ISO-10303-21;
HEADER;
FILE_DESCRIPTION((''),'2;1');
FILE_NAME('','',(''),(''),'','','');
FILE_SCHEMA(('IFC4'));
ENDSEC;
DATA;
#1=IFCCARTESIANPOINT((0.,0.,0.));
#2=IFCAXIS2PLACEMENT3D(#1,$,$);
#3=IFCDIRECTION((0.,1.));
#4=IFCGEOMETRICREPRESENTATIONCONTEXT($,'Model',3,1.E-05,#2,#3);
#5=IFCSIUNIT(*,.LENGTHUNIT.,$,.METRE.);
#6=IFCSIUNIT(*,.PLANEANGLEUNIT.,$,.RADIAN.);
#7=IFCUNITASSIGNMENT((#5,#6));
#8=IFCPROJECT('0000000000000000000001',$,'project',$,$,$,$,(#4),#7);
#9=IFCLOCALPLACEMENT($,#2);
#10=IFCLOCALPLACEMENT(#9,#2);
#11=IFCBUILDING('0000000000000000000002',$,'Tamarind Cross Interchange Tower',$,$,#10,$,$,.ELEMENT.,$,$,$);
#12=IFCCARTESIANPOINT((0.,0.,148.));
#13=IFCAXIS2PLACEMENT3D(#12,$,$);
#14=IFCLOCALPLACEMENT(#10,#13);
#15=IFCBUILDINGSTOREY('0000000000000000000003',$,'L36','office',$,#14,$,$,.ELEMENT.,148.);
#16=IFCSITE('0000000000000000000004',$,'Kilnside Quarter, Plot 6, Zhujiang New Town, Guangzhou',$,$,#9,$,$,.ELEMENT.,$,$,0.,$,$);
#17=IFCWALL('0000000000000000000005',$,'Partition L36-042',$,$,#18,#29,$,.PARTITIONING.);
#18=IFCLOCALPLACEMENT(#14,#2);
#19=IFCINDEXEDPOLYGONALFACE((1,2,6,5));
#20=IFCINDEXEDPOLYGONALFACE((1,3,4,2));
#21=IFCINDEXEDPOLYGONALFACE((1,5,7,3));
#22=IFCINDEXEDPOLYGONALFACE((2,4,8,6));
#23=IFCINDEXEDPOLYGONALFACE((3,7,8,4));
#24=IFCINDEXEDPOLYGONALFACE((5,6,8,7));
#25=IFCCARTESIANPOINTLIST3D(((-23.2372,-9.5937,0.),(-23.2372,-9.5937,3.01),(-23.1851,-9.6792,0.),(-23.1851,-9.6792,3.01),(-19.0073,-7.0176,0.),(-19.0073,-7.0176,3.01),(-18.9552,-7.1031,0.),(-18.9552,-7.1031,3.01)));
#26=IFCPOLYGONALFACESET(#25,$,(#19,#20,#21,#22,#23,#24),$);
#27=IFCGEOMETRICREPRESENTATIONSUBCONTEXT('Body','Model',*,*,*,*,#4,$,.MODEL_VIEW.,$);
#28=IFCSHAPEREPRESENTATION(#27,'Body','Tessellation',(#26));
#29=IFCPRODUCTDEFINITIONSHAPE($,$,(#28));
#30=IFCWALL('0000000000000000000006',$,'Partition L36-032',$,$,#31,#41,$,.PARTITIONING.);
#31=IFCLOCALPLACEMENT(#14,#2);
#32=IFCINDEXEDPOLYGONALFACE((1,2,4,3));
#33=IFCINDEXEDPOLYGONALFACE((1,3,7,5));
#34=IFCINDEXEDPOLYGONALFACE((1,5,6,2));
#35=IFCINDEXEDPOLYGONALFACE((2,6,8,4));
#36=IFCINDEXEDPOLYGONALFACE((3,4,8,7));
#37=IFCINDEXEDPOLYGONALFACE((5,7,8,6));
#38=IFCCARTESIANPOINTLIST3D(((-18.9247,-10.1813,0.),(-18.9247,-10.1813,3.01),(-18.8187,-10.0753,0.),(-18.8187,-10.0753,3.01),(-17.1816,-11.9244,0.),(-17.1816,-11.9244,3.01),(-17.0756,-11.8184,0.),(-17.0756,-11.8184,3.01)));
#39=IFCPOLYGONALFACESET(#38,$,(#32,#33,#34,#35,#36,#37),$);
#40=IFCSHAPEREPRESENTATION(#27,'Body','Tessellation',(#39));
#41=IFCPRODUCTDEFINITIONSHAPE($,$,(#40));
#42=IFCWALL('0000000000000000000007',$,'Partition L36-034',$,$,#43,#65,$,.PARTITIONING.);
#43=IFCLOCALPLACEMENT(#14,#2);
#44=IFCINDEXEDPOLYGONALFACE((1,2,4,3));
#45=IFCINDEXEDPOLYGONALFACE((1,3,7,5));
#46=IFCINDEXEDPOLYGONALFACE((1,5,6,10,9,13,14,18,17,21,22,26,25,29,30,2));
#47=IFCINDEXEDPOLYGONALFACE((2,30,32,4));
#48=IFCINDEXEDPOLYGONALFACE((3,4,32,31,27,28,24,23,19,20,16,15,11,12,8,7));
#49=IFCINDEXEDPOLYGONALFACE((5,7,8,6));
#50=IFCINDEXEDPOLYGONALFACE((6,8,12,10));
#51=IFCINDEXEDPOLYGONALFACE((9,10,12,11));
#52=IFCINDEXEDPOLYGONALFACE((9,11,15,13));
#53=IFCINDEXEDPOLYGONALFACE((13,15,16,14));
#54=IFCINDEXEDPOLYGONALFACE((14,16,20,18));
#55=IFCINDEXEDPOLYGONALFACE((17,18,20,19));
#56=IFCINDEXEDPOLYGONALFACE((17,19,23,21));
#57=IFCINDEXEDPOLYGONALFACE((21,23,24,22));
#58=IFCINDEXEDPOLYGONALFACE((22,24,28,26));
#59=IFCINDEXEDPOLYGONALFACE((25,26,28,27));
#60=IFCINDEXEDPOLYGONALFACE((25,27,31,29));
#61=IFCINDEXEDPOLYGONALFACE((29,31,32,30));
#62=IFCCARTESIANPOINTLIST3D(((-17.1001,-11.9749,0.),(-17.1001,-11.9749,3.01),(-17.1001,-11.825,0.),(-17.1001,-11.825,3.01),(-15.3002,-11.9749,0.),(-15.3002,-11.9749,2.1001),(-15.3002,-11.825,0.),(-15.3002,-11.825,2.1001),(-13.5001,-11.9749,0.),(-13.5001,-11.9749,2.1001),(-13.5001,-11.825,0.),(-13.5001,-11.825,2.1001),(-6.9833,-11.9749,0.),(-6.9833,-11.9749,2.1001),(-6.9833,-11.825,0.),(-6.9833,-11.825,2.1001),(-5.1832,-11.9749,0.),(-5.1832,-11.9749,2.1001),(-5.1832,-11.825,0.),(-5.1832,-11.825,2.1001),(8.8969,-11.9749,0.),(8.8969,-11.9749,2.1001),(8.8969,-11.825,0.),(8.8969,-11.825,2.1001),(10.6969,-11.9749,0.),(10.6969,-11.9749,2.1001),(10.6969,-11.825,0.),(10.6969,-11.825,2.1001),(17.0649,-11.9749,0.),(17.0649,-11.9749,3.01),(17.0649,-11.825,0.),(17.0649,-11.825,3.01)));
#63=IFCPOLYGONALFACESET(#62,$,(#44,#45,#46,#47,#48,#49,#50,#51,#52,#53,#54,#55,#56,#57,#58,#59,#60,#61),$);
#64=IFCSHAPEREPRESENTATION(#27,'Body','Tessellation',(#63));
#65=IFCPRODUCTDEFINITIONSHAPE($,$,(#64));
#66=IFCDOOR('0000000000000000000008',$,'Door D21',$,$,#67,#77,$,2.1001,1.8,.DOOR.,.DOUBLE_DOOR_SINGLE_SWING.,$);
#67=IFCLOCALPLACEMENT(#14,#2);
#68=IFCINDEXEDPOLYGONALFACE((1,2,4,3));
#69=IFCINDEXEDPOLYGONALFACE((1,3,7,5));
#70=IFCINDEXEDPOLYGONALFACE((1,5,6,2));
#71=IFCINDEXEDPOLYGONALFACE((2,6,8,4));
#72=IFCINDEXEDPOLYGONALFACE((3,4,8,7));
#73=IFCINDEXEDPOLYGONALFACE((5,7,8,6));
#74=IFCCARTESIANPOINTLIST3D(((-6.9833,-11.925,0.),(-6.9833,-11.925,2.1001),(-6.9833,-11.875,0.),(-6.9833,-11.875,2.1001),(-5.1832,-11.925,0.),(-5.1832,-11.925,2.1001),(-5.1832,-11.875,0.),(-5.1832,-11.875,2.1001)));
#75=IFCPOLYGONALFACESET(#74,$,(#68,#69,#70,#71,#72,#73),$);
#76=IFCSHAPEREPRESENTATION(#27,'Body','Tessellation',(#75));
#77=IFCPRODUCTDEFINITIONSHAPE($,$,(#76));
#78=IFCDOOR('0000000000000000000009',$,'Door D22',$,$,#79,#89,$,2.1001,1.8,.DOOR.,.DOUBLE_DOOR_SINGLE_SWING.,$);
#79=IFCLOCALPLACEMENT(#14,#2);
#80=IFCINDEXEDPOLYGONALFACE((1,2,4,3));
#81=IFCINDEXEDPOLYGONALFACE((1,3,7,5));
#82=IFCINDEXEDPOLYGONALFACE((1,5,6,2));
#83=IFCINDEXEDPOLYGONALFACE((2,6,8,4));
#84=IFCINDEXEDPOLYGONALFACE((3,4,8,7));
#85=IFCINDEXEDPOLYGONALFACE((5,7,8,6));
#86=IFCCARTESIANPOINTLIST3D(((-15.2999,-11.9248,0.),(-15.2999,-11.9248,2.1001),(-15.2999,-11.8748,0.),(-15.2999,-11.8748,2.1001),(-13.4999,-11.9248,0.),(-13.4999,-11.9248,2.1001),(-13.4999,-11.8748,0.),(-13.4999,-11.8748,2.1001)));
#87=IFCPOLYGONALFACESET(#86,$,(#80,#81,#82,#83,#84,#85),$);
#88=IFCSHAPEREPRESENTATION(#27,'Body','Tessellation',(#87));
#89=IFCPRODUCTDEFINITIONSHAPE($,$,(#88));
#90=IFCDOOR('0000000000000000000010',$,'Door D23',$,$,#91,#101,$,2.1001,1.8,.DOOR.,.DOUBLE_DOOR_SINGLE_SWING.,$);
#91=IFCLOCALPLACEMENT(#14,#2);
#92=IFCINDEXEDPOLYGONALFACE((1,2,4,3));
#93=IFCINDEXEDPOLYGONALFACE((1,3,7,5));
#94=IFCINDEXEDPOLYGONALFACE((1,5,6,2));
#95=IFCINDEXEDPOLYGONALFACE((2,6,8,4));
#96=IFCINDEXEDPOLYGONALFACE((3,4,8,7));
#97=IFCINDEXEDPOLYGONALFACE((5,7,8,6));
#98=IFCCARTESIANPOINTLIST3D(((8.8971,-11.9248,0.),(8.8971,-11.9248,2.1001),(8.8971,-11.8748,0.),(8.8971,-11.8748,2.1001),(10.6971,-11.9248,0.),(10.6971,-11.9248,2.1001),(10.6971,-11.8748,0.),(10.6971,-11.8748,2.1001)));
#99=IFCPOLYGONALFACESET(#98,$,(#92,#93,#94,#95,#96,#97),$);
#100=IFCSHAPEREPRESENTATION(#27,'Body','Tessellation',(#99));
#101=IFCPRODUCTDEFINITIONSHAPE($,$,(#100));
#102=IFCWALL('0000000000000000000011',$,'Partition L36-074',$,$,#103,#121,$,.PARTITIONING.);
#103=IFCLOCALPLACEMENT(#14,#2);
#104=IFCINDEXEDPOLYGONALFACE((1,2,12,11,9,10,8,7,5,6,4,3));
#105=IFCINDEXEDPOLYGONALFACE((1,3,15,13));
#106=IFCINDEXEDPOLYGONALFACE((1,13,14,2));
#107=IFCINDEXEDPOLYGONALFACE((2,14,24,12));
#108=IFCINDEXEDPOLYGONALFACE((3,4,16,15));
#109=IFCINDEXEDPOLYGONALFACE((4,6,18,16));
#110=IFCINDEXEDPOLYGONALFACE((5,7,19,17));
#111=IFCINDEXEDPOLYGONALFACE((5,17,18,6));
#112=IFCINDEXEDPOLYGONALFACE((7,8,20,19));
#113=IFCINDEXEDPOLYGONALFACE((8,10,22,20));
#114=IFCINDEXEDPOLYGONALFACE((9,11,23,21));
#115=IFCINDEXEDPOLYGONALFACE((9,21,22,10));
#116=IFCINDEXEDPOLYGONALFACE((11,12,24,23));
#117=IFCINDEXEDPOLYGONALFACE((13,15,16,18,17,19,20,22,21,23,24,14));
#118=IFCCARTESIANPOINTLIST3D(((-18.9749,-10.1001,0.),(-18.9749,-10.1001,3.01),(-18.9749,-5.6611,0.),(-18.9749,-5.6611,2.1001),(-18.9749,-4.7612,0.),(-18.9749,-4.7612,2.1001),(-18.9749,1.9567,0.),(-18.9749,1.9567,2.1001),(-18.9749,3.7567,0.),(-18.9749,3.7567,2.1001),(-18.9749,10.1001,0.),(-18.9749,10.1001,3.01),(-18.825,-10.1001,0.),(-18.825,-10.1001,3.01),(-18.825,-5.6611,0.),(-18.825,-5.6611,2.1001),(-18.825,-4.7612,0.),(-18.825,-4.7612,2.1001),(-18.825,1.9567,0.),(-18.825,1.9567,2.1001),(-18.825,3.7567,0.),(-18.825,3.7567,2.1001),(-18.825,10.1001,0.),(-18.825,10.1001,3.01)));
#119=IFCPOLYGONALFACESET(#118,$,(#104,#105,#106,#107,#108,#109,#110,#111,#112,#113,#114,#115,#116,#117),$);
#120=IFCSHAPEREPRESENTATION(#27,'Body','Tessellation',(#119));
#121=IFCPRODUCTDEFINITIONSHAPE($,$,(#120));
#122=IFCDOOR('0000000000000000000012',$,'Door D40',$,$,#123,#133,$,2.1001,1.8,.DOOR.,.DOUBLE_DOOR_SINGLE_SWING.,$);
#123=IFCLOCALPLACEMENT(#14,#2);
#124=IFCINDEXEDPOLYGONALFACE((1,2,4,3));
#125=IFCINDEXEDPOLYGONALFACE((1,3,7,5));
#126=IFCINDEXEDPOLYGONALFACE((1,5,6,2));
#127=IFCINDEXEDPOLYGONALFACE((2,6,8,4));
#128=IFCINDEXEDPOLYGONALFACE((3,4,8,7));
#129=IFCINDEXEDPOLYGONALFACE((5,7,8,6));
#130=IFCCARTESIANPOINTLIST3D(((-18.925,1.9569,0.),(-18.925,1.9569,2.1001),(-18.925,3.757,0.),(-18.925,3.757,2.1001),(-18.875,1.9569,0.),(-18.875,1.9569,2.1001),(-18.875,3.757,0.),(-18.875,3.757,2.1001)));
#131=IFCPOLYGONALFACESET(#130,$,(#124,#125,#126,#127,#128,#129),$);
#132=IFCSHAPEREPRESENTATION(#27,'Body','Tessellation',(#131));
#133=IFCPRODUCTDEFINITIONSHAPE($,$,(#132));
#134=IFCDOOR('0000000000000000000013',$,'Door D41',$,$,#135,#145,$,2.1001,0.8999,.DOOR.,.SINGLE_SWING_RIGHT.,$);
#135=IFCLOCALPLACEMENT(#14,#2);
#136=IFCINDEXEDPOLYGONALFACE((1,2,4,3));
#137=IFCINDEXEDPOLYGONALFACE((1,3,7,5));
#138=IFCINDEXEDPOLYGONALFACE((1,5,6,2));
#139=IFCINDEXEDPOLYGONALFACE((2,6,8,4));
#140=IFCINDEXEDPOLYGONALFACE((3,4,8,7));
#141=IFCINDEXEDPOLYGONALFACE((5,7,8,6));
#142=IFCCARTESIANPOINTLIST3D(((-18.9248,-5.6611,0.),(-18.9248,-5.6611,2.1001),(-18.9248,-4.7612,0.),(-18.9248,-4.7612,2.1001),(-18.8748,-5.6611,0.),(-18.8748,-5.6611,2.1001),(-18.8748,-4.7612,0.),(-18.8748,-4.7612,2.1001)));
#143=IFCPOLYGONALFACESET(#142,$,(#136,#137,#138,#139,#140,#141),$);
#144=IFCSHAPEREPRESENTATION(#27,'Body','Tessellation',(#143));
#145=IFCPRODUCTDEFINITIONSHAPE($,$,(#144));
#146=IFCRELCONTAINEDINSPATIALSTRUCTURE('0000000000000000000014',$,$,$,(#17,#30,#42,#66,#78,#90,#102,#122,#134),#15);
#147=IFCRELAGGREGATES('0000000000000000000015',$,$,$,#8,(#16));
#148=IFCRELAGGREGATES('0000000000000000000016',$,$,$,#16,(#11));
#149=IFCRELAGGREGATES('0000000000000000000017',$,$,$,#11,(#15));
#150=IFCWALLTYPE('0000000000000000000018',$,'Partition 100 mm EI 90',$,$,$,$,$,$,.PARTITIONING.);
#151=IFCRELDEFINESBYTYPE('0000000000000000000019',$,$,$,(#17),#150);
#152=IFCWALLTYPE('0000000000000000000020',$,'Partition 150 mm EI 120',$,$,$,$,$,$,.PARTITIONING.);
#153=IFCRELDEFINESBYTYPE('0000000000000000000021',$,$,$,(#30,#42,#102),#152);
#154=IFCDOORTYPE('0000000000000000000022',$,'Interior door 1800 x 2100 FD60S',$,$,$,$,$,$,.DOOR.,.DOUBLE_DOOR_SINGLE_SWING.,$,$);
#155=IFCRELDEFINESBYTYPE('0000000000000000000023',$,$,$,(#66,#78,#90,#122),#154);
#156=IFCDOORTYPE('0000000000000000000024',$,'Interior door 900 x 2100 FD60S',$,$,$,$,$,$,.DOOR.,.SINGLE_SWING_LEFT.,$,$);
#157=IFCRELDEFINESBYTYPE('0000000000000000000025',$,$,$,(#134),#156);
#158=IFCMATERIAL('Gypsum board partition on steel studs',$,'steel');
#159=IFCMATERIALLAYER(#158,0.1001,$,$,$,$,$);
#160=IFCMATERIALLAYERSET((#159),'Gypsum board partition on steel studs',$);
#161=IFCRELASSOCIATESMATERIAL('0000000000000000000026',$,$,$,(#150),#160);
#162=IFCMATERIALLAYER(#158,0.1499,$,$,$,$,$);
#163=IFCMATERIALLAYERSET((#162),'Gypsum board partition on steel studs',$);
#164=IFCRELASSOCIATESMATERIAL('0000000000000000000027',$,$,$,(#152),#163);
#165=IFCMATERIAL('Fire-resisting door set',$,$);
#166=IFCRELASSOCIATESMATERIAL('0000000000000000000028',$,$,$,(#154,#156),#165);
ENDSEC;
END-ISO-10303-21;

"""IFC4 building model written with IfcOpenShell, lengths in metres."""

from ifc_helpers import new_model, si_unit, direction, frame, frame_2d, origin, place, context, subcontext, project, spatial, rectangle, extrude, material, layer, layer_set, type_object, element, fill, save


model = new_model("IFC4")

# Units and contexts
model_context = context("Model", 3, precision=1e-05, world=origin(), true_north=direction((0.0, 1.0)))
body_context = subcontext(model_context, "Body", "Model", "MODEL_VIEW")
ifc_project = project(units=[si_unit("LENGTHUNIT", "METRE"), si_unit("PLANEANGLEUNIT", "RADIAN")], contexts=[model_context])

# Site, building, storey
site_placement = place(None, origin())
site = spatial("IfcSite", under=ifc_project, at=site_placement, Name="Kilnside Quarter, Plot 6, Zhujiang New Town, Guangzhou", CompositionType="ELEMENT", RefElevation=0.0)
building_placement = place(site_placement, origin())
building = spatial("IfcBuilding", under=site, at=building_placement, Name="Tamarind Cross Interchange Tower", CompositionType="ELEMENT")
storey_placement = place(building_placement, frame((0.0, 0.0, 148.0)))
storey = spatial("IfcBuildingStorey", under=building, at=storey_placement, Name="L36", Description="office", CompositionType="ELEMENT", Elevation=148.0)

# Walls
ifc_material_1 = material(Name="Gypsum board partition on steel studs", Category="steel")
ifc_layer_1 = layer(ifc_material_1, 0.1001)
ifc_layer_set_1 = layer_set([ifc_layer_1], Name="Gypsum board partition on steel studs")
wall_type_1 = type_object("IfcWallType", Name="Partition 100 mm EI 90", PredefinedType="PARTITIONING", material=ifc_layer_set_1)
wall_1_placement = place(storey_placement, frame((-23.2112, -9.6365, 0.0), z_axis=(0.0, 0.0, 1.0), x_axis=(0.854073, 0.520153, 0.0)))
element("IfcWall", 1, at=wall_1_placement, inside=storey, type_object=wall_type_1, Name="Partition L36-042", PredefinedType="PARTITIONING", context=body_context, shape_type="SweptSolid", body=[
    extrude(rectangle(XDim=4.9526, YDim=0.1001, at=frame_2d((2.4763, 0.0))), origin(), (0.0, 0.0, 1.0), 3.01),
])
ifc_layer_2 = layer(ifc_material_1, 0.1499)
ifc_layer_set_2 = layer_set([ifc_layer_2], Name="Gypsum board partition on steel studs")
wall_type_2 = type_object("IfcWallType", Name="Partition 150 mm EI 120", PredefinedType="PARTITIONING", material=ifc_layer_set_2)
wall_2_placement = place(storey_placement, frame((-18.8716, -10.1284, 0.0), z_axis=(0.0, 0.0, 1.0), x_axis=(0.707107, -0.707107, 0.0)))
element("IfcWall", 2, at=wall_2_placement, inside=storey, type_object=wall_type_2, Name="Partition L36-032", PredefinedType="PARTITIONING", context=body_context, shape_type="SweptSolid", body=[
    extrude(rectangle(XDim=2.4651, YDim=0.1499, at=frame_2d((1.2324, 0.0))), origin(), (0.0, 0.0, 1.0), 3.01),
])

# Walls, openings, doors
wall_3_placement = place(storey_placement, frame((-17.1001, -11.8999, 0.0), z_axis=(0.0, 0.0, 1.0), x_axis=(1.0, 0.0, 0.0)))
wall_3 = element("IfcWall", 3, at=wall_3_placement, inside=storey, type_object=wall_type_2, Name="Partition L36-034", PredefinedType="PARTITIONING", context=body_context, shape_type="SweptSolid", body=[
    extrude(rectangle(XDim=34.165, YDim=0.1499, at=frame_2d((17.0825, 0.0))), origin(), (0.0, 0.0, 1.0), 3.01),
])
opening_1_placement = place(wall_3_placement, frame((10.1169, 0.0, 0.0)))
opening_1 = element("IfcOpeningElement", 4, at=opening_1_placement, cuts=wall_3, PredefinedType="OPENING", context=body_context, shape_type="SweptSolid", body=[
    extrude(rectangle(XDim=1.8, YDim=2.1001, at=frame_2d((0.8999, 1.05))), frame((0.0, 0.085, 0.0), z_axis=(0.0, -1.0, 0.0), x_axis=(1.0, 0.0, 0.0)), (0.0, 0.0, 1.0), 0.1699),
])
opening_2_placement = place(wall_3_placement, frame((1.8, 0.0, 0.0)))
opening_2 = element("IfcOpeningElement", 5, at=opening_2_placement, cuts=wall_3, PredefinedType="OPENING", context=body_context, shape_type="SweptSolid", body=[
    extrude(rectangle(XDim=1.8, YDim=2.1001, at=frame_2d((0.8999, 1.05))), frame((0.0, 0.085, 0.0), z_axis=(0.0, -1.0, 0.0), x_axis=(1.0, 0.0, 0.0)), (0.0, 0.0, 1.0), 0.1699),
])
opening_3_placement = place(wall_3_placement, frame((25.9971, 0.0, 0.0)))
opening_3 = element("IfcOpeningElement", 6, at=opening_3_placement, cuts=wall_3, PredefinedType="OPENING", context=body_context, shape_type="SweptSolid", body=[
    extrude(rectangle(XDim=1.8, YDim=2.1001, at=frame_2d((0.8999, 1.05))), frame((0.0, 0.085, 0.0), z_axis=(0.0, -1.0, 0.0), x_axis=(1.0, 0.0, 0.0)), (0.0, 0.0, 1.0), 0.1699),
])
ifc_material_2 = material(Name="Fire-resisting door set")
door_type_1 = type_object("IfcDoorType", Name="Interior door 1800 x 2100 FD60S", OperationType="DOUBLE_DOOR_SINGLE_SWING", PredefinedType="DOOR", material=ifc_material_2)
door_1_placement = place(opening_1_placement, origin())
door_1 = element("IfcDoor", 7, at=door_1_placement, inside=storey, type_object=door_type_1, Name="Door D21", OperationType="DOUBLE_DOOR_SINGLE_SWING", OverallHeight=2.1001, OverallWidth=1.8, PredefinedType="DOOR", context=body_context, shape_type="SweptSolid", body=[
    extrude(rectangle(XDim=1.8, YDim=2.1001, at=frame_2d((0.8999, 1.05))), frame((0.0, 0.0249, 0.0), z_axis=(0.0, -1.0, 0.0), x_axis=(1.0, 0.0, 0.0)), (0.0, 0.0, 1.0), 0.05),
])
fill(opening_1, door_1)
door_2_placement = place(opening_2_placement, frame((1.8, 0.0, 0.0), z_axis=(0.0, 0.0, 1.0), x_axis=(-1.0, 0.0, 0.0)))
door_2 = element("IfcDoor", 8, at=door_2_placement, inside=storey, type_object=door_type_1, Name="Door D22", OperationType="DOUBLE_DOOR_SINGLE_SWING", OverallHeight=2.1001, OverallWidth=1.8, PredefinedType="DOOR", context=body_context, shape_type="SweptSolid", body=[
    extrude(rectangle(XDim=1.8, YDim=2.1001, at=frame_2d((0.8999, 1.05))), frame((0.0, 0.0249, 0.0), z_axis=(0.0, -1.0, 0.0), x_axis=(1.0, 0.0, 0.0)), (0.0, 0.0, 1.0), 0.05),
])
fill(opening_2, door_2)
door_3_placement = place(opening_3_placement, frame((1.8, 0.0, 0.0), z_axis=(0.0, 0.0, 1.0), x_axis=(-1.0, 0.0, 0.0)))
door_3 = element("IfcDoor", 9, at=door_3_placement, inside=storey, type_object=door_type_1, Name="Door D23", OperationType="DOUBLE_DOOR_SINGLE_SWING", OverallHeight=2.1001, OverallWidth=1.8, PredefinedType="DOOR", context=body_context, shape_type="SweptSolid", body=[
    extrude(rectangle(XDim=1.8, YDim=2.1001, at=frame_2d((0.8999, 1.05))), frame((0.0, 0.0249, 0.0), z_axis=(0.0, -1.0, 0.0), x_axis=(1.0, 0.0, 0.0)), (0.0, 0.0, 1.0), 0.05),
])
fill(opening_3, door_3)
wall_4_placement = place(storey_placement, frame((-18.8999, -10.1001, 0.0), z_axis=(0.0, 0.0, 1.0), x_axis=(0.0, 1.0, 0.0)))
wall_4 = element("IfcWall", 10, at=wall_4_placement, inside=storey, type_object=wall_type_2, Name="Partition L36-074", PredefinedType="PARTITIONING", context=body_context, shape_type="SweptSolid", body=[
    extrude(rectangle(XDim=20.2002, YDim=0.1499, at=frame_2d((10.1001, 0.0))), origin(), (0.0, 0.0, 1.0), 3.01),
])
opening_4_placement = place(wall_4_placement, frame((12.0569, 0.0, 0.0)))
opening_4 = element("IfcOpeningElement", 11, at=opening_4_placement, cuts=wall_4, PredefinedType="OPENING", context=body_context, shape_type="SweptSolid", body=[
    extrude(rectangle(XDim=1.8, YDim=2.1001, at=frame_2d((0.8999, 1.05))), frame((0.0, 0.085, 0.0), z_axis=(0.0, -1.0, 0.0), x_axis=(1.0, 0.0, 0.0)), (0.0, 0.0, 1.0), 0.1699),
])
opening_5_placement = place(wall_4_placement, frame((4.439, 0.0, 0.0)))
opening_5 = element("IfcOpeningElement", 12, at=opening_5_placement, cuts=wall_4, PredefinedType="OPENING", context=body_context, shape_type="SweptSolid", body=[
    extrude(rectangle(XDim=0.8999, YDim=2.1001, at=frame_2d((0.45, 1.05))), frame((0.0, 0.085, 0.0), z_axis=(0.0, -1.0, 0.0), x_axis=(1.0, 0.0, 0.0)), (0.0, 0.0, 1.0), 0.1699),
])
door_4_placement = place(opening_4_placement, frame((1.8, 0.0, 0.0), z_axis=(0.0, 0.0, 1.0), x_axis=(-1.0, 0.0, 0.0)))
door_4 = element("IfcDoor", 13, at=door_4_placement, inside=storey, type_object=door_type_1, Name="Door D40", OperationType="DOUBLE_DOOR_SINGLE_SWING", OverallHeight=2.1001, OverallWidth=1.8, PredefinedType="DOOR", context=body_context, shape_type="SweptSolid", body=[
    extrude(rectangle(XDim=1.8, YDim=2.1001, at=frame_2d((0.8999, 1.05))), frame((0.0, 0.0249, 0.0), z_axis=(0.0, -1.0, 0.0), x_axis=(1.0, 0.0, 0.0)), (0.0, 0.0, 1.0), 0.05),
])
fill(opening_4, door_4)
door_type_2 = type_object("IfcDoorType", Name="Interior door 900 x 2100 FD60S", OperationType="SINGLE_SWING_LEFT", PredefinedType="DOOR", material=ifc_material_2)
door_5_placement = place(opening_5_placement, origin())
door_5 = element("IfcDoor", 14, at=door_5_placement, inside=storey, type_object=door_type_2, Name="Door D41", OperationType="SINGLE_SWING_RIGHT", OverallHeight=2.1001, OverallWidth=0.8999, PredefinedType="DOOR", context=body_context, shape_type="SweptSolid", body=[
    extrude(rectangle(XDim=0.8999, YDim=2.1001, at=frame_2d((0.45, 1.05))), frame((0.0, 0.0249, 0.0), z_axis=(0.0, -1.0, 0.0), x_axis=(1.0, 0.0, 0.0)), (0.0, 0.0, 1.0), 0.05),
])
fill(opening_5, door_5)

save(model, "model.ifc")
